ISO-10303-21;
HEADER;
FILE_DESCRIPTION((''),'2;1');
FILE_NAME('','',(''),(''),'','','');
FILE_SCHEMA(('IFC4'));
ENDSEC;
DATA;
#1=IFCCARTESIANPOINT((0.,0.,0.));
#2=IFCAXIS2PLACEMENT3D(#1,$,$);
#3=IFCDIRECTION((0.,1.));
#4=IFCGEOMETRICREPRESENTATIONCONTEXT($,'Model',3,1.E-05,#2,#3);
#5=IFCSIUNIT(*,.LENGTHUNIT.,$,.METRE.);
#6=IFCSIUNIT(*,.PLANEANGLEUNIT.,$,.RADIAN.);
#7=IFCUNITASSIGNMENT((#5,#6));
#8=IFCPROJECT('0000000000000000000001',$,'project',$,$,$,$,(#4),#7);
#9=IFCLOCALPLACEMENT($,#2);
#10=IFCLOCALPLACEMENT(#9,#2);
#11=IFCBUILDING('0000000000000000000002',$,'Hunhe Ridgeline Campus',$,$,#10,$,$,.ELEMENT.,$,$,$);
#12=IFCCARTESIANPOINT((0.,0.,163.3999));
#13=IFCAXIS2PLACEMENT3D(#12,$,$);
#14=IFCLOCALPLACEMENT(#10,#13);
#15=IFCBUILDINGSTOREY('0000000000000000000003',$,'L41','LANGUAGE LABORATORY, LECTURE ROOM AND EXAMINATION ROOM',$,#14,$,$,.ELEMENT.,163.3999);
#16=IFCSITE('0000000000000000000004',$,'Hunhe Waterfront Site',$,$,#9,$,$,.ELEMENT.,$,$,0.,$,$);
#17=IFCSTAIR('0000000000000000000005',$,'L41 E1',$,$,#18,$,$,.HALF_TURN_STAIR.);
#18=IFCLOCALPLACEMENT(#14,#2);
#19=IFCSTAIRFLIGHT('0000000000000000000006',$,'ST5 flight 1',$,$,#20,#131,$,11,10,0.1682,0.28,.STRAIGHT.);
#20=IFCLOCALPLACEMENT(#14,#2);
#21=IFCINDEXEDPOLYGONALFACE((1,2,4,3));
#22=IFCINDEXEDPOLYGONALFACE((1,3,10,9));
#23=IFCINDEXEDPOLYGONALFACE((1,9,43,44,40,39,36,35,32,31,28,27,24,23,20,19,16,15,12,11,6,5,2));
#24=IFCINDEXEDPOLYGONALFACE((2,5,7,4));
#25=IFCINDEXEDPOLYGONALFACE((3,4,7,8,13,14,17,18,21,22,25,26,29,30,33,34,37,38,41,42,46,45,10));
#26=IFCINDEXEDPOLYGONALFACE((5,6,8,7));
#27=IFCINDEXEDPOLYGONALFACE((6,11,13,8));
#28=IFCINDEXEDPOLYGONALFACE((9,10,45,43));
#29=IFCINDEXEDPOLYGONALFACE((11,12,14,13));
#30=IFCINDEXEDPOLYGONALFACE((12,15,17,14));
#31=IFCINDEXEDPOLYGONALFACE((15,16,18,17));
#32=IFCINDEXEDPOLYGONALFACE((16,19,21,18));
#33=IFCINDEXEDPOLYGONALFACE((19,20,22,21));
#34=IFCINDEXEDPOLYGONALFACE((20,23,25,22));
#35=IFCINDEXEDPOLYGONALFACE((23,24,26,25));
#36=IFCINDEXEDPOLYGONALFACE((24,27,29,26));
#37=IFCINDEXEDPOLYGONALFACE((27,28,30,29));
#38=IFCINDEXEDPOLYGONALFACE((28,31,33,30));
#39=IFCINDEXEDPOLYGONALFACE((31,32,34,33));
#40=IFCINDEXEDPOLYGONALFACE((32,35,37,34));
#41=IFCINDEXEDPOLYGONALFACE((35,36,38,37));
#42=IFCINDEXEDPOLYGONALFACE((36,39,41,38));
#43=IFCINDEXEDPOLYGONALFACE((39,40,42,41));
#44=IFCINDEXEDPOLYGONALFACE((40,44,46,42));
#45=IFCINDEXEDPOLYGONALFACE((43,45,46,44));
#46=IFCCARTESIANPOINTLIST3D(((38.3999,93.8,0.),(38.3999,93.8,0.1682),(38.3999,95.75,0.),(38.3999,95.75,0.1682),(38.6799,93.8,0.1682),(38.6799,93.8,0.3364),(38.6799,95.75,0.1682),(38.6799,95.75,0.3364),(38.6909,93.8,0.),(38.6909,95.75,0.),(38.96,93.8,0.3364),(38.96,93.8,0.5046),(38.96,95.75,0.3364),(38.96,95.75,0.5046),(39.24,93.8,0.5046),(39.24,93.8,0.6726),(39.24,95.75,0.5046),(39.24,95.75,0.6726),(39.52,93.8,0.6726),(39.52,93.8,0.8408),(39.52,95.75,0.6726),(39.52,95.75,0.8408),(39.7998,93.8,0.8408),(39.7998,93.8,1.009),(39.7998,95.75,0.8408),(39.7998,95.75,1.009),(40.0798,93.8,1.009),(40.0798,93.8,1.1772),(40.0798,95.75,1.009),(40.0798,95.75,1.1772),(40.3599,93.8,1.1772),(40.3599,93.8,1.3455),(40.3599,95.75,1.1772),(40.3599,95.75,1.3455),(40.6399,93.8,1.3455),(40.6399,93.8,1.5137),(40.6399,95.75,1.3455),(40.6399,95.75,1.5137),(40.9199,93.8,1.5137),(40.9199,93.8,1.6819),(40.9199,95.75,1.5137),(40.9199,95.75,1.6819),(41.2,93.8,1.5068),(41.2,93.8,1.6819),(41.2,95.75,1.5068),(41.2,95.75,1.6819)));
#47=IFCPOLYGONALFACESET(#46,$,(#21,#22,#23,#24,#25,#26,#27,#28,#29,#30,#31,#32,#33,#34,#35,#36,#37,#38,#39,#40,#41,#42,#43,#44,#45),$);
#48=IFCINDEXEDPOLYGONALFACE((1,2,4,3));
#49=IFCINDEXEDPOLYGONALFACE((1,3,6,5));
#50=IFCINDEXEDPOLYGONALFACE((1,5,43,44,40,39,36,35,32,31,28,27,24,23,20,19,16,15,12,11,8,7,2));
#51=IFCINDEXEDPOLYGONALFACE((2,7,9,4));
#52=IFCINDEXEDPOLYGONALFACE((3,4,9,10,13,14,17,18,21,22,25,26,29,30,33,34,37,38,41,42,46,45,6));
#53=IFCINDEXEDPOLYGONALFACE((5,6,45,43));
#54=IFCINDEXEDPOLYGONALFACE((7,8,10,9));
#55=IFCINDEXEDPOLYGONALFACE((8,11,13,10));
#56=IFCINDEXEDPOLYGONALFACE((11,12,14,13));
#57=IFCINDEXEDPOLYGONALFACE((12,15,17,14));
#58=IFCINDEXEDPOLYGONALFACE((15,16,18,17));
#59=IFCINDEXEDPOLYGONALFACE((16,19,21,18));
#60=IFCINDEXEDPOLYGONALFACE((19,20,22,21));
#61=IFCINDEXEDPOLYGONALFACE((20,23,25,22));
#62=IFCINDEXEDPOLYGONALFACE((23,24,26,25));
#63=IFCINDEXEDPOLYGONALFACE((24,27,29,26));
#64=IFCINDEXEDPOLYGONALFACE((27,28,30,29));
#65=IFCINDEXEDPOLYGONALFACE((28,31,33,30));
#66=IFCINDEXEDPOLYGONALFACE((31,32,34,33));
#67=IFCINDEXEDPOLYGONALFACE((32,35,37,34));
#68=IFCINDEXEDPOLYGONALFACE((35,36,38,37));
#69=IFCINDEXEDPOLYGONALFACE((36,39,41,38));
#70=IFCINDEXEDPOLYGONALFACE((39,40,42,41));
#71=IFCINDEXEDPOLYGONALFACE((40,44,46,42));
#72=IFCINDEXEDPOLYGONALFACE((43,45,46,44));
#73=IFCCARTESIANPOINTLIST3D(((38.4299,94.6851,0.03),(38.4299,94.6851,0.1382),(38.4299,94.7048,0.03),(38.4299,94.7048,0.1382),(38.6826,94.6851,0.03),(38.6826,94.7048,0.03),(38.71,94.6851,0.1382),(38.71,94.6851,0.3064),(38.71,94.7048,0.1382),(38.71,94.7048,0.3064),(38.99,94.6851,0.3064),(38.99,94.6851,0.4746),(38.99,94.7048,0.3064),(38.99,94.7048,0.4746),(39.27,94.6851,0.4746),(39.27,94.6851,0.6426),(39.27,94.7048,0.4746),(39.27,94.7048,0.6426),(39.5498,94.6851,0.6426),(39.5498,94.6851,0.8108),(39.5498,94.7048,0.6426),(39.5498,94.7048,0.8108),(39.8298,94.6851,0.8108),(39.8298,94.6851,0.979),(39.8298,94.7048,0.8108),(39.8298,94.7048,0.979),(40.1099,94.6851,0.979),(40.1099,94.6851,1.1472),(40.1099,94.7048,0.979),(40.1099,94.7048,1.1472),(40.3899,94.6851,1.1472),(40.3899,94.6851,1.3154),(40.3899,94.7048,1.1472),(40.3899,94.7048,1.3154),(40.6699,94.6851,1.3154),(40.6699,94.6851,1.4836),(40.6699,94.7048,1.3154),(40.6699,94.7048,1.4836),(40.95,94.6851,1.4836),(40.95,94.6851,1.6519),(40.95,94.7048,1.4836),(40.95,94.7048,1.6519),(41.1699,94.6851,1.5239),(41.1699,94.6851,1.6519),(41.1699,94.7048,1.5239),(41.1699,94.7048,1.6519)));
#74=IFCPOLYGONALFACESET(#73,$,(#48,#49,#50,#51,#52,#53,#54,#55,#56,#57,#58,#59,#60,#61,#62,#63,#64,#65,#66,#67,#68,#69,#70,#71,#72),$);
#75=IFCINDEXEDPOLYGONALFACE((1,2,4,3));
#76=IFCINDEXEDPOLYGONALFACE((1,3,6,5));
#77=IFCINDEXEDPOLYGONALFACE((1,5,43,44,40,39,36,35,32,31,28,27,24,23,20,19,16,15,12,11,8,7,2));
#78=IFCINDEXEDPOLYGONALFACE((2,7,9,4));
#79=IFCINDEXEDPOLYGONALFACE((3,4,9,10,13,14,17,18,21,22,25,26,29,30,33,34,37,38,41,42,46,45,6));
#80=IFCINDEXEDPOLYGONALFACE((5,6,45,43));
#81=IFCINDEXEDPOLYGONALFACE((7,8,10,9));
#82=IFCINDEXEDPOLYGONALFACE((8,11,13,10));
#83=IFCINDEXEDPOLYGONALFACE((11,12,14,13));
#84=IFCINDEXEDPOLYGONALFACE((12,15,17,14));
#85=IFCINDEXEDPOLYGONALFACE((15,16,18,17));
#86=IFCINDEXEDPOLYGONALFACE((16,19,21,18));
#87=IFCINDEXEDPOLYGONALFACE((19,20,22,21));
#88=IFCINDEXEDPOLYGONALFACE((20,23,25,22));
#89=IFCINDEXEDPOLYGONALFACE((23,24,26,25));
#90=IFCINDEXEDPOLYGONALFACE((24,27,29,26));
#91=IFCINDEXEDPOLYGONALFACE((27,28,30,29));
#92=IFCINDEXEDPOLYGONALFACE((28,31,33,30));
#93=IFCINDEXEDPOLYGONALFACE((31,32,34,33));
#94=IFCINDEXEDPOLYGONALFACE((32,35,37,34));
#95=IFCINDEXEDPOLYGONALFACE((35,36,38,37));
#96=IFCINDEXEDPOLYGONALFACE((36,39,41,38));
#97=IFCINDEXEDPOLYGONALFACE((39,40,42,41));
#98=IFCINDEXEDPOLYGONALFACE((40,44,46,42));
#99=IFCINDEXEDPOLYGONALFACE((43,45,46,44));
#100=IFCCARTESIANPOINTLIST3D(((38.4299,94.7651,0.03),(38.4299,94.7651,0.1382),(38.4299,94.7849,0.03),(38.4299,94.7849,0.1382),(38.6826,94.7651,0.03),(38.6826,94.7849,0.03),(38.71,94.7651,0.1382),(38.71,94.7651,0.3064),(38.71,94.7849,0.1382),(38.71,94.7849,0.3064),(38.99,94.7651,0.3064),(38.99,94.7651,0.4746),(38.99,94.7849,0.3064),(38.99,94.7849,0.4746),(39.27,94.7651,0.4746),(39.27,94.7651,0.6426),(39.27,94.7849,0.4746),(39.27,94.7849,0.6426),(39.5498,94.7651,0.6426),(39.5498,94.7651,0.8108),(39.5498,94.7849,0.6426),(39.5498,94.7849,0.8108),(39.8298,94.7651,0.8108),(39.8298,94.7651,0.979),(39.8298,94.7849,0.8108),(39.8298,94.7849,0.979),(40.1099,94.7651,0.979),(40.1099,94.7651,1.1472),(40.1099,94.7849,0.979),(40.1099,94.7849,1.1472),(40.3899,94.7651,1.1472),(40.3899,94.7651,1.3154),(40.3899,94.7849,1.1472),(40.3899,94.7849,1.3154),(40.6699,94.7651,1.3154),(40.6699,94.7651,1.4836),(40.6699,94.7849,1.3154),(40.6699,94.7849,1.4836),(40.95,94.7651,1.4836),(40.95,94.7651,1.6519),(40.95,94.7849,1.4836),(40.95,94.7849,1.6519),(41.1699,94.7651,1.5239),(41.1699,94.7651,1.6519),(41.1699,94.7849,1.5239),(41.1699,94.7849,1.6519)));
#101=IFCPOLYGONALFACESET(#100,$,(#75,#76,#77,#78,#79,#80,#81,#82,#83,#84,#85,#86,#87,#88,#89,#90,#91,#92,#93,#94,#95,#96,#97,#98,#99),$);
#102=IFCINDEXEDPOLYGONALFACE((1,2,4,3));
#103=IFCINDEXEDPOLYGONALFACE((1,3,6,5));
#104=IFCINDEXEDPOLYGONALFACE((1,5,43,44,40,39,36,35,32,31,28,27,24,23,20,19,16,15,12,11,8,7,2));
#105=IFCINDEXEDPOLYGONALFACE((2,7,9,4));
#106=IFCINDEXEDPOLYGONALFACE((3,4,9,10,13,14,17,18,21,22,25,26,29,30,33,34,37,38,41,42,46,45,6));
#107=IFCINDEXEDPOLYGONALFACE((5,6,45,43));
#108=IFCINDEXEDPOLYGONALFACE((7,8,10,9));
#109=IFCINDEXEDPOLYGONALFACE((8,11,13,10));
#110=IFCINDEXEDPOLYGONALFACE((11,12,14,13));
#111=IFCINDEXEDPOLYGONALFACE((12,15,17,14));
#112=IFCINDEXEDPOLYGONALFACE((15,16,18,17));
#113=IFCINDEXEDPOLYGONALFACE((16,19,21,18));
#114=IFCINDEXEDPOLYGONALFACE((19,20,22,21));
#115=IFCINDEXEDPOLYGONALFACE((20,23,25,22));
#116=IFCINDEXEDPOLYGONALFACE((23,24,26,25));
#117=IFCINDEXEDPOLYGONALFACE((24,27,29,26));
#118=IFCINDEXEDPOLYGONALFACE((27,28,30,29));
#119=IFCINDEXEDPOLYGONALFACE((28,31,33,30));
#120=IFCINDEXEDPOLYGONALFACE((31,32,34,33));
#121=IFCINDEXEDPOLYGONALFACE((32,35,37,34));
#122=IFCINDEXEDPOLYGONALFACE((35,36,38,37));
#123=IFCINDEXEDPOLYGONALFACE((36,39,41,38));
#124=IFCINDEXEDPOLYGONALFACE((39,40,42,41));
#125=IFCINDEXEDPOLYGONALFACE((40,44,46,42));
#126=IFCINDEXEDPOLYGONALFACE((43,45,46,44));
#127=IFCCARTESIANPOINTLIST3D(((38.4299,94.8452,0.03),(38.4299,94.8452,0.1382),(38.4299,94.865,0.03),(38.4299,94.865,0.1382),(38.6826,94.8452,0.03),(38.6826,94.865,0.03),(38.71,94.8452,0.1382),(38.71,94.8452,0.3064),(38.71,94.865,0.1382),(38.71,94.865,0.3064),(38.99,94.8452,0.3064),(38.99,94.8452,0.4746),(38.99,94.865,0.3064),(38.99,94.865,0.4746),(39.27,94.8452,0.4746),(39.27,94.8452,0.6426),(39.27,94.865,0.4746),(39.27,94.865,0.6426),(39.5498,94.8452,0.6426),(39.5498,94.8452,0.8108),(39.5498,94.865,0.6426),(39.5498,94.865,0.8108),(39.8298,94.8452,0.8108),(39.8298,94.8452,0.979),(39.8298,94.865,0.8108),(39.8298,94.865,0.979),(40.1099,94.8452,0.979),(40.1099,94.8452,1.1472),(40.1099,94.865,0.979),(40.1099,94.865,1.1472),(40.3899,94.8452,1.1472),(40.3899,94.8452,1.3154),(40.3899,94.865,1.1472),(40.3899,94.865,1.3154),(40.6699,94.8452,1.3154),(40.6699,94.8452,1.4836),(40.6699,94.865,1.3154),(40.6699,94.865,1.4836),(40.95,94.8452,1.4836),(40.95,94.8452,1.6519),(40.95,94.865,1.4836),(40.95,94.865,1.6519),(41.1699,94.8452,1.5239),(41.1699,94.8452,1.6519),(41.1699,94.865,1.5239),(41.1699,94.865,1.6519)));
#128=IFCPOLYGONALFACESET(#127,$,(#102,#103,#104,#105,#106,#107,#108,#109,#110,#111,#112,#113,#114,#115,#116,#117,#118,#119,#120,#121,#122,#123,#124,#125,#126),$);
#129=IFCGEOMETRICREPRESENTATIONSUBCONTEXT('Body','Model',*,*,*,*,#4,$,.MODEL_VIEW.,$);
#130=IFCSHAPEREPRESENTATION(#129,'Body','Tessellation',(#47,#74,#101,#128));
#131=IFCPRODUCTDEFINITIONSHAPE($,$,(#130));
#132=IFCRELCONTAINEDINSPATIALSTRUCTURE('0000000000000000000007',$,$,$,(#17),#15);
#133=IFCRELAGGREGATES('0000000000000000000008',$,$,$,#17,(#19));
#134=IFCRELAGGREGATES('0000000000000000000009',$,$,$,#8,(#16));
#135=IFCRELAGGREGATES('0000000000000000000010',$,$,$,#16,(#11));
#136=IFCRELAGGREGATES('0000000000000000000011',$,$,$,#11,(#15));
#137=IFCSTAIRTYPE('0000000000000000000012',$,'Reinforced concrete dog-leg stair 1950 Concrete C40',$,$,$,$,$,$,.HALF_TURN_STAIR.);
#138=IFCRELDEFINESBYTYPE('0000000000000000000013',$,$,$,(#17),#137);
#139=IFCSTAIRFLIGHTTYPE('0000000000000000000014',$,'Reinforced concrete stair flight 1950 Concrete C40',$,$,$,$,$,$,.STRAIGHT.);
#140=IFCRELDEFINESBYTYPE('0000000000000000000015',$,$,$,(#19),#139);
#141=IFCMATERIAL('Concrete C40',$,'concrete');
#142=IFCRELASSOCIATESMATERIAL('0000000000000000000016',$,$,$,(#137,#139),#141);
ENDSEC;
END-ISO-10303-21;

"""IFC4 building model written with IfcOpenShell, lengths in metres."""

from ifc_helpers import new_model, si_unit, direction, frame, origin, place, context, subcontext, project, spatial, polyline, outline, extrude, material, type_object, element, aggregate, save


model = new_model("IFC4")

# Units and contexts
model_context = context("Model", 3, precision=1e-05, world=origin(), true_north=direction((0.0, 1.0)))
body_context = subcontext(model_context, "Body", "Model", "MODEL_VIEW")
ifc_project = project(units=[si_unit("LENGTHUNIT", "METRE"), si_unit("PLANEANGLEUNIT", "RADIAN")], contexts=[model_context])

# Site, building, storey
site_placement = place(None, origin())
site = spatial("IfcSite", under=ifc_project, at=site_placement, Name="Hunhe Waterfront Site", CompositionType="ELEMENT", RefElevation=0.0)
building_placement = place(site_placement, origin())
building = spatial("IfcBuilding", under=site, at=building_placement, Name="Hunhe Ridgeline Campus", CompositionType="ELEMENT")
storey_placement = place(building_placement, frame((0.0, 0.0, 163.3999)))
storey = spatial("IfcBuildingStorey", under=building, at=storey_placement, Name="L41", Description="LANGUAGE LABORATORY, LECTURE ROOM AND EXAMINATION ROOM", CompositionType="ELEMENT", Elevation=163.3999)

# Stair, stair flight
ifc_material_1 = material(Name="Concrete C40", Category="concrete")
stair_type = type_object("IfcStairType", Name="Reinforced concrete dog-leg stair 1950 Concrete C40", PredefinedType="HALF_TURN_STAIR", material=ifc_material_1)
stair_flight_type = type_object("IfcStairFlightType", Name="Reinforced concrete stair flight 1950 Concrete C40", PredefinedType="STRAIGHT", material=ifc_material_1)
stair_1_placement = place(storey_placement, origin())
stair_1 = element("IfcStair", 1, at=stair_1_placement, inside=storey, type_object=stair_type, Name="L41 E1", PredefinedType="HALF_TURN_STAIR")
stair_flight_1_placement = place(storey_placement, frame((38.3999, 94.7749, 0.0), z_axis=(0.0, 0.0, 1.0), x_axis=(1.0, 0.0, 0.0)))
stair_flight_1 = element("IfcStairFlight", 2, at=stair_flight_1_placement, type_object=stair_flight_type, Name="ST5 flight 1", NumberOfRisers=11, NumberOfTreads=10, PredefinedType="STRAIGHT", RiserHeight=0.1682, TreadLength=0.28, context=body_context, shape_type="SweptSolid", body=[
    extrude(outline(polyline([(0.0, 0.0), (0.0, 0.1682), (0.28, 0.1682), (0.28, 0.3364), (0.5601, 0.3364), (0.5601, 0.5046), (0.8401, 0.5046), (0.8401, 0.6726), (1.1201, 0.6726), (1.1201, 0.8408), (1.3999, 0.8408), (1.3999, 1.009), (1.6799, 1.009), (1.6799, 1.1772), (1.96, 1.1772), (1.96, 1.3455), (2.24, 1.3455), (2.24, 1.5137), (2.52, 1.5137), (2.52, 1.6819), (2.8, 1.6819), (2.8, 1.8501), (2.8, 1.5068), (0.291, 0.0), (0.0, 0.0)])), frame((0.0, 0.9751, 0.0), z_axis=(0.0, -1.0, 0.0), x_axis=(1.0, 0.0, 0.0)), (0.0, 0.0, 1.0), 1.95),
    extrude(outline(polyline([(0.03, 0.03), (0.03, 0.1382), (0.3101, 0.1382), (0.3101, 0.3064), (0.5901, 0.3064), (0.5901, 0.4746), (0.8701, 0.4746), (0.8701, 0.6426), (1.1499, 0.6426), (1.1499, 0.8108), (1.4299, 0.8108), (1.4299, 0.979), (1.71, 0.979), (1.71, 1.1472), (1.99, 1.1472), (1.99, 1.3154), (2.27, 1.3154), (2.27, 1.4836), (2.55, 1.4836), (2.55, 1.6519), (2.77, 1.6519), (2.77, 1.5239), (0.2827, 0.03), (0.03, 0.03)])), frame((0.0, -0.0701, 0.0), z_axis=(0.0, -1.0, 0.0), x_axis=(1.0, 0.0, 0.0)), (0.0, 0.0, 1.0), 0.0198),
    extrude(outline(polyline([(0.03, 0.03), (0.03, 0.1382), (0.3101, 0.1382), (0.3101, 0.3064), (0.5901, 0.3064), (0.5901, 0.4746), (0.8701, 0.4746), (0.8701, 0.6426), (1.1499, 0.6426), (1.1499, 0.8108), (1.4299, 0.8108), (1.4299, 0.979), (1.71, 0.979), (1.71, 1.1472), (1.99, 1.1472), (1.99, 1.3154), (2.27, 1.3154), (2.27, 1.4836), (2.55, 1.4836), (2.55, 1.6519), (2.77, 1.6519), (2.77, 1.5239), (0.2827, 0.03), (0.03, 0.03)])), frame((0.0, 0.01, 0.0), z_axis=(0.0, -1.0, 0.0), x_axis=(1.0, 0.0, 0.0)), (0.0, 0.0, 1.0), 0.0198),
    extrude(outline(polyline([(0.03, 0.03), (0.03, 0.1382), (0.3101, 0.1382), (0.3101, 0.3064), (0.5901, 0.3064), (0.5901, 0.4746), (0.8701, 0.4746), (0.8701, 0.6426), (1.1499, 0.6426), (1.1499, 0.8108), (1.4299, 0.8108), (1.4299, 0.979), (1.71, 0.979), (1.71, 1.1472), (1.99, 1.1472), (1.99, 1.3154), (2.27, 1.3154), (2.27, 1.4836), (2.55, 1.4836), (2.55, 1.6519), (2.77, 1.6519), (2.77, 1.5239), (0.2827, 0.03), (0.03, 0.03)])), frame((0.0, 0.0901, 0.0), z_axis=(0.0, -1.0, 0.0), x_axis=(1.0, 0.0, 0.0)), (0.0, 0.0, 1.0), 0.0198),
])
aggregate(stair_1, [stair_flight_1])

save(model, "model.ifc")
